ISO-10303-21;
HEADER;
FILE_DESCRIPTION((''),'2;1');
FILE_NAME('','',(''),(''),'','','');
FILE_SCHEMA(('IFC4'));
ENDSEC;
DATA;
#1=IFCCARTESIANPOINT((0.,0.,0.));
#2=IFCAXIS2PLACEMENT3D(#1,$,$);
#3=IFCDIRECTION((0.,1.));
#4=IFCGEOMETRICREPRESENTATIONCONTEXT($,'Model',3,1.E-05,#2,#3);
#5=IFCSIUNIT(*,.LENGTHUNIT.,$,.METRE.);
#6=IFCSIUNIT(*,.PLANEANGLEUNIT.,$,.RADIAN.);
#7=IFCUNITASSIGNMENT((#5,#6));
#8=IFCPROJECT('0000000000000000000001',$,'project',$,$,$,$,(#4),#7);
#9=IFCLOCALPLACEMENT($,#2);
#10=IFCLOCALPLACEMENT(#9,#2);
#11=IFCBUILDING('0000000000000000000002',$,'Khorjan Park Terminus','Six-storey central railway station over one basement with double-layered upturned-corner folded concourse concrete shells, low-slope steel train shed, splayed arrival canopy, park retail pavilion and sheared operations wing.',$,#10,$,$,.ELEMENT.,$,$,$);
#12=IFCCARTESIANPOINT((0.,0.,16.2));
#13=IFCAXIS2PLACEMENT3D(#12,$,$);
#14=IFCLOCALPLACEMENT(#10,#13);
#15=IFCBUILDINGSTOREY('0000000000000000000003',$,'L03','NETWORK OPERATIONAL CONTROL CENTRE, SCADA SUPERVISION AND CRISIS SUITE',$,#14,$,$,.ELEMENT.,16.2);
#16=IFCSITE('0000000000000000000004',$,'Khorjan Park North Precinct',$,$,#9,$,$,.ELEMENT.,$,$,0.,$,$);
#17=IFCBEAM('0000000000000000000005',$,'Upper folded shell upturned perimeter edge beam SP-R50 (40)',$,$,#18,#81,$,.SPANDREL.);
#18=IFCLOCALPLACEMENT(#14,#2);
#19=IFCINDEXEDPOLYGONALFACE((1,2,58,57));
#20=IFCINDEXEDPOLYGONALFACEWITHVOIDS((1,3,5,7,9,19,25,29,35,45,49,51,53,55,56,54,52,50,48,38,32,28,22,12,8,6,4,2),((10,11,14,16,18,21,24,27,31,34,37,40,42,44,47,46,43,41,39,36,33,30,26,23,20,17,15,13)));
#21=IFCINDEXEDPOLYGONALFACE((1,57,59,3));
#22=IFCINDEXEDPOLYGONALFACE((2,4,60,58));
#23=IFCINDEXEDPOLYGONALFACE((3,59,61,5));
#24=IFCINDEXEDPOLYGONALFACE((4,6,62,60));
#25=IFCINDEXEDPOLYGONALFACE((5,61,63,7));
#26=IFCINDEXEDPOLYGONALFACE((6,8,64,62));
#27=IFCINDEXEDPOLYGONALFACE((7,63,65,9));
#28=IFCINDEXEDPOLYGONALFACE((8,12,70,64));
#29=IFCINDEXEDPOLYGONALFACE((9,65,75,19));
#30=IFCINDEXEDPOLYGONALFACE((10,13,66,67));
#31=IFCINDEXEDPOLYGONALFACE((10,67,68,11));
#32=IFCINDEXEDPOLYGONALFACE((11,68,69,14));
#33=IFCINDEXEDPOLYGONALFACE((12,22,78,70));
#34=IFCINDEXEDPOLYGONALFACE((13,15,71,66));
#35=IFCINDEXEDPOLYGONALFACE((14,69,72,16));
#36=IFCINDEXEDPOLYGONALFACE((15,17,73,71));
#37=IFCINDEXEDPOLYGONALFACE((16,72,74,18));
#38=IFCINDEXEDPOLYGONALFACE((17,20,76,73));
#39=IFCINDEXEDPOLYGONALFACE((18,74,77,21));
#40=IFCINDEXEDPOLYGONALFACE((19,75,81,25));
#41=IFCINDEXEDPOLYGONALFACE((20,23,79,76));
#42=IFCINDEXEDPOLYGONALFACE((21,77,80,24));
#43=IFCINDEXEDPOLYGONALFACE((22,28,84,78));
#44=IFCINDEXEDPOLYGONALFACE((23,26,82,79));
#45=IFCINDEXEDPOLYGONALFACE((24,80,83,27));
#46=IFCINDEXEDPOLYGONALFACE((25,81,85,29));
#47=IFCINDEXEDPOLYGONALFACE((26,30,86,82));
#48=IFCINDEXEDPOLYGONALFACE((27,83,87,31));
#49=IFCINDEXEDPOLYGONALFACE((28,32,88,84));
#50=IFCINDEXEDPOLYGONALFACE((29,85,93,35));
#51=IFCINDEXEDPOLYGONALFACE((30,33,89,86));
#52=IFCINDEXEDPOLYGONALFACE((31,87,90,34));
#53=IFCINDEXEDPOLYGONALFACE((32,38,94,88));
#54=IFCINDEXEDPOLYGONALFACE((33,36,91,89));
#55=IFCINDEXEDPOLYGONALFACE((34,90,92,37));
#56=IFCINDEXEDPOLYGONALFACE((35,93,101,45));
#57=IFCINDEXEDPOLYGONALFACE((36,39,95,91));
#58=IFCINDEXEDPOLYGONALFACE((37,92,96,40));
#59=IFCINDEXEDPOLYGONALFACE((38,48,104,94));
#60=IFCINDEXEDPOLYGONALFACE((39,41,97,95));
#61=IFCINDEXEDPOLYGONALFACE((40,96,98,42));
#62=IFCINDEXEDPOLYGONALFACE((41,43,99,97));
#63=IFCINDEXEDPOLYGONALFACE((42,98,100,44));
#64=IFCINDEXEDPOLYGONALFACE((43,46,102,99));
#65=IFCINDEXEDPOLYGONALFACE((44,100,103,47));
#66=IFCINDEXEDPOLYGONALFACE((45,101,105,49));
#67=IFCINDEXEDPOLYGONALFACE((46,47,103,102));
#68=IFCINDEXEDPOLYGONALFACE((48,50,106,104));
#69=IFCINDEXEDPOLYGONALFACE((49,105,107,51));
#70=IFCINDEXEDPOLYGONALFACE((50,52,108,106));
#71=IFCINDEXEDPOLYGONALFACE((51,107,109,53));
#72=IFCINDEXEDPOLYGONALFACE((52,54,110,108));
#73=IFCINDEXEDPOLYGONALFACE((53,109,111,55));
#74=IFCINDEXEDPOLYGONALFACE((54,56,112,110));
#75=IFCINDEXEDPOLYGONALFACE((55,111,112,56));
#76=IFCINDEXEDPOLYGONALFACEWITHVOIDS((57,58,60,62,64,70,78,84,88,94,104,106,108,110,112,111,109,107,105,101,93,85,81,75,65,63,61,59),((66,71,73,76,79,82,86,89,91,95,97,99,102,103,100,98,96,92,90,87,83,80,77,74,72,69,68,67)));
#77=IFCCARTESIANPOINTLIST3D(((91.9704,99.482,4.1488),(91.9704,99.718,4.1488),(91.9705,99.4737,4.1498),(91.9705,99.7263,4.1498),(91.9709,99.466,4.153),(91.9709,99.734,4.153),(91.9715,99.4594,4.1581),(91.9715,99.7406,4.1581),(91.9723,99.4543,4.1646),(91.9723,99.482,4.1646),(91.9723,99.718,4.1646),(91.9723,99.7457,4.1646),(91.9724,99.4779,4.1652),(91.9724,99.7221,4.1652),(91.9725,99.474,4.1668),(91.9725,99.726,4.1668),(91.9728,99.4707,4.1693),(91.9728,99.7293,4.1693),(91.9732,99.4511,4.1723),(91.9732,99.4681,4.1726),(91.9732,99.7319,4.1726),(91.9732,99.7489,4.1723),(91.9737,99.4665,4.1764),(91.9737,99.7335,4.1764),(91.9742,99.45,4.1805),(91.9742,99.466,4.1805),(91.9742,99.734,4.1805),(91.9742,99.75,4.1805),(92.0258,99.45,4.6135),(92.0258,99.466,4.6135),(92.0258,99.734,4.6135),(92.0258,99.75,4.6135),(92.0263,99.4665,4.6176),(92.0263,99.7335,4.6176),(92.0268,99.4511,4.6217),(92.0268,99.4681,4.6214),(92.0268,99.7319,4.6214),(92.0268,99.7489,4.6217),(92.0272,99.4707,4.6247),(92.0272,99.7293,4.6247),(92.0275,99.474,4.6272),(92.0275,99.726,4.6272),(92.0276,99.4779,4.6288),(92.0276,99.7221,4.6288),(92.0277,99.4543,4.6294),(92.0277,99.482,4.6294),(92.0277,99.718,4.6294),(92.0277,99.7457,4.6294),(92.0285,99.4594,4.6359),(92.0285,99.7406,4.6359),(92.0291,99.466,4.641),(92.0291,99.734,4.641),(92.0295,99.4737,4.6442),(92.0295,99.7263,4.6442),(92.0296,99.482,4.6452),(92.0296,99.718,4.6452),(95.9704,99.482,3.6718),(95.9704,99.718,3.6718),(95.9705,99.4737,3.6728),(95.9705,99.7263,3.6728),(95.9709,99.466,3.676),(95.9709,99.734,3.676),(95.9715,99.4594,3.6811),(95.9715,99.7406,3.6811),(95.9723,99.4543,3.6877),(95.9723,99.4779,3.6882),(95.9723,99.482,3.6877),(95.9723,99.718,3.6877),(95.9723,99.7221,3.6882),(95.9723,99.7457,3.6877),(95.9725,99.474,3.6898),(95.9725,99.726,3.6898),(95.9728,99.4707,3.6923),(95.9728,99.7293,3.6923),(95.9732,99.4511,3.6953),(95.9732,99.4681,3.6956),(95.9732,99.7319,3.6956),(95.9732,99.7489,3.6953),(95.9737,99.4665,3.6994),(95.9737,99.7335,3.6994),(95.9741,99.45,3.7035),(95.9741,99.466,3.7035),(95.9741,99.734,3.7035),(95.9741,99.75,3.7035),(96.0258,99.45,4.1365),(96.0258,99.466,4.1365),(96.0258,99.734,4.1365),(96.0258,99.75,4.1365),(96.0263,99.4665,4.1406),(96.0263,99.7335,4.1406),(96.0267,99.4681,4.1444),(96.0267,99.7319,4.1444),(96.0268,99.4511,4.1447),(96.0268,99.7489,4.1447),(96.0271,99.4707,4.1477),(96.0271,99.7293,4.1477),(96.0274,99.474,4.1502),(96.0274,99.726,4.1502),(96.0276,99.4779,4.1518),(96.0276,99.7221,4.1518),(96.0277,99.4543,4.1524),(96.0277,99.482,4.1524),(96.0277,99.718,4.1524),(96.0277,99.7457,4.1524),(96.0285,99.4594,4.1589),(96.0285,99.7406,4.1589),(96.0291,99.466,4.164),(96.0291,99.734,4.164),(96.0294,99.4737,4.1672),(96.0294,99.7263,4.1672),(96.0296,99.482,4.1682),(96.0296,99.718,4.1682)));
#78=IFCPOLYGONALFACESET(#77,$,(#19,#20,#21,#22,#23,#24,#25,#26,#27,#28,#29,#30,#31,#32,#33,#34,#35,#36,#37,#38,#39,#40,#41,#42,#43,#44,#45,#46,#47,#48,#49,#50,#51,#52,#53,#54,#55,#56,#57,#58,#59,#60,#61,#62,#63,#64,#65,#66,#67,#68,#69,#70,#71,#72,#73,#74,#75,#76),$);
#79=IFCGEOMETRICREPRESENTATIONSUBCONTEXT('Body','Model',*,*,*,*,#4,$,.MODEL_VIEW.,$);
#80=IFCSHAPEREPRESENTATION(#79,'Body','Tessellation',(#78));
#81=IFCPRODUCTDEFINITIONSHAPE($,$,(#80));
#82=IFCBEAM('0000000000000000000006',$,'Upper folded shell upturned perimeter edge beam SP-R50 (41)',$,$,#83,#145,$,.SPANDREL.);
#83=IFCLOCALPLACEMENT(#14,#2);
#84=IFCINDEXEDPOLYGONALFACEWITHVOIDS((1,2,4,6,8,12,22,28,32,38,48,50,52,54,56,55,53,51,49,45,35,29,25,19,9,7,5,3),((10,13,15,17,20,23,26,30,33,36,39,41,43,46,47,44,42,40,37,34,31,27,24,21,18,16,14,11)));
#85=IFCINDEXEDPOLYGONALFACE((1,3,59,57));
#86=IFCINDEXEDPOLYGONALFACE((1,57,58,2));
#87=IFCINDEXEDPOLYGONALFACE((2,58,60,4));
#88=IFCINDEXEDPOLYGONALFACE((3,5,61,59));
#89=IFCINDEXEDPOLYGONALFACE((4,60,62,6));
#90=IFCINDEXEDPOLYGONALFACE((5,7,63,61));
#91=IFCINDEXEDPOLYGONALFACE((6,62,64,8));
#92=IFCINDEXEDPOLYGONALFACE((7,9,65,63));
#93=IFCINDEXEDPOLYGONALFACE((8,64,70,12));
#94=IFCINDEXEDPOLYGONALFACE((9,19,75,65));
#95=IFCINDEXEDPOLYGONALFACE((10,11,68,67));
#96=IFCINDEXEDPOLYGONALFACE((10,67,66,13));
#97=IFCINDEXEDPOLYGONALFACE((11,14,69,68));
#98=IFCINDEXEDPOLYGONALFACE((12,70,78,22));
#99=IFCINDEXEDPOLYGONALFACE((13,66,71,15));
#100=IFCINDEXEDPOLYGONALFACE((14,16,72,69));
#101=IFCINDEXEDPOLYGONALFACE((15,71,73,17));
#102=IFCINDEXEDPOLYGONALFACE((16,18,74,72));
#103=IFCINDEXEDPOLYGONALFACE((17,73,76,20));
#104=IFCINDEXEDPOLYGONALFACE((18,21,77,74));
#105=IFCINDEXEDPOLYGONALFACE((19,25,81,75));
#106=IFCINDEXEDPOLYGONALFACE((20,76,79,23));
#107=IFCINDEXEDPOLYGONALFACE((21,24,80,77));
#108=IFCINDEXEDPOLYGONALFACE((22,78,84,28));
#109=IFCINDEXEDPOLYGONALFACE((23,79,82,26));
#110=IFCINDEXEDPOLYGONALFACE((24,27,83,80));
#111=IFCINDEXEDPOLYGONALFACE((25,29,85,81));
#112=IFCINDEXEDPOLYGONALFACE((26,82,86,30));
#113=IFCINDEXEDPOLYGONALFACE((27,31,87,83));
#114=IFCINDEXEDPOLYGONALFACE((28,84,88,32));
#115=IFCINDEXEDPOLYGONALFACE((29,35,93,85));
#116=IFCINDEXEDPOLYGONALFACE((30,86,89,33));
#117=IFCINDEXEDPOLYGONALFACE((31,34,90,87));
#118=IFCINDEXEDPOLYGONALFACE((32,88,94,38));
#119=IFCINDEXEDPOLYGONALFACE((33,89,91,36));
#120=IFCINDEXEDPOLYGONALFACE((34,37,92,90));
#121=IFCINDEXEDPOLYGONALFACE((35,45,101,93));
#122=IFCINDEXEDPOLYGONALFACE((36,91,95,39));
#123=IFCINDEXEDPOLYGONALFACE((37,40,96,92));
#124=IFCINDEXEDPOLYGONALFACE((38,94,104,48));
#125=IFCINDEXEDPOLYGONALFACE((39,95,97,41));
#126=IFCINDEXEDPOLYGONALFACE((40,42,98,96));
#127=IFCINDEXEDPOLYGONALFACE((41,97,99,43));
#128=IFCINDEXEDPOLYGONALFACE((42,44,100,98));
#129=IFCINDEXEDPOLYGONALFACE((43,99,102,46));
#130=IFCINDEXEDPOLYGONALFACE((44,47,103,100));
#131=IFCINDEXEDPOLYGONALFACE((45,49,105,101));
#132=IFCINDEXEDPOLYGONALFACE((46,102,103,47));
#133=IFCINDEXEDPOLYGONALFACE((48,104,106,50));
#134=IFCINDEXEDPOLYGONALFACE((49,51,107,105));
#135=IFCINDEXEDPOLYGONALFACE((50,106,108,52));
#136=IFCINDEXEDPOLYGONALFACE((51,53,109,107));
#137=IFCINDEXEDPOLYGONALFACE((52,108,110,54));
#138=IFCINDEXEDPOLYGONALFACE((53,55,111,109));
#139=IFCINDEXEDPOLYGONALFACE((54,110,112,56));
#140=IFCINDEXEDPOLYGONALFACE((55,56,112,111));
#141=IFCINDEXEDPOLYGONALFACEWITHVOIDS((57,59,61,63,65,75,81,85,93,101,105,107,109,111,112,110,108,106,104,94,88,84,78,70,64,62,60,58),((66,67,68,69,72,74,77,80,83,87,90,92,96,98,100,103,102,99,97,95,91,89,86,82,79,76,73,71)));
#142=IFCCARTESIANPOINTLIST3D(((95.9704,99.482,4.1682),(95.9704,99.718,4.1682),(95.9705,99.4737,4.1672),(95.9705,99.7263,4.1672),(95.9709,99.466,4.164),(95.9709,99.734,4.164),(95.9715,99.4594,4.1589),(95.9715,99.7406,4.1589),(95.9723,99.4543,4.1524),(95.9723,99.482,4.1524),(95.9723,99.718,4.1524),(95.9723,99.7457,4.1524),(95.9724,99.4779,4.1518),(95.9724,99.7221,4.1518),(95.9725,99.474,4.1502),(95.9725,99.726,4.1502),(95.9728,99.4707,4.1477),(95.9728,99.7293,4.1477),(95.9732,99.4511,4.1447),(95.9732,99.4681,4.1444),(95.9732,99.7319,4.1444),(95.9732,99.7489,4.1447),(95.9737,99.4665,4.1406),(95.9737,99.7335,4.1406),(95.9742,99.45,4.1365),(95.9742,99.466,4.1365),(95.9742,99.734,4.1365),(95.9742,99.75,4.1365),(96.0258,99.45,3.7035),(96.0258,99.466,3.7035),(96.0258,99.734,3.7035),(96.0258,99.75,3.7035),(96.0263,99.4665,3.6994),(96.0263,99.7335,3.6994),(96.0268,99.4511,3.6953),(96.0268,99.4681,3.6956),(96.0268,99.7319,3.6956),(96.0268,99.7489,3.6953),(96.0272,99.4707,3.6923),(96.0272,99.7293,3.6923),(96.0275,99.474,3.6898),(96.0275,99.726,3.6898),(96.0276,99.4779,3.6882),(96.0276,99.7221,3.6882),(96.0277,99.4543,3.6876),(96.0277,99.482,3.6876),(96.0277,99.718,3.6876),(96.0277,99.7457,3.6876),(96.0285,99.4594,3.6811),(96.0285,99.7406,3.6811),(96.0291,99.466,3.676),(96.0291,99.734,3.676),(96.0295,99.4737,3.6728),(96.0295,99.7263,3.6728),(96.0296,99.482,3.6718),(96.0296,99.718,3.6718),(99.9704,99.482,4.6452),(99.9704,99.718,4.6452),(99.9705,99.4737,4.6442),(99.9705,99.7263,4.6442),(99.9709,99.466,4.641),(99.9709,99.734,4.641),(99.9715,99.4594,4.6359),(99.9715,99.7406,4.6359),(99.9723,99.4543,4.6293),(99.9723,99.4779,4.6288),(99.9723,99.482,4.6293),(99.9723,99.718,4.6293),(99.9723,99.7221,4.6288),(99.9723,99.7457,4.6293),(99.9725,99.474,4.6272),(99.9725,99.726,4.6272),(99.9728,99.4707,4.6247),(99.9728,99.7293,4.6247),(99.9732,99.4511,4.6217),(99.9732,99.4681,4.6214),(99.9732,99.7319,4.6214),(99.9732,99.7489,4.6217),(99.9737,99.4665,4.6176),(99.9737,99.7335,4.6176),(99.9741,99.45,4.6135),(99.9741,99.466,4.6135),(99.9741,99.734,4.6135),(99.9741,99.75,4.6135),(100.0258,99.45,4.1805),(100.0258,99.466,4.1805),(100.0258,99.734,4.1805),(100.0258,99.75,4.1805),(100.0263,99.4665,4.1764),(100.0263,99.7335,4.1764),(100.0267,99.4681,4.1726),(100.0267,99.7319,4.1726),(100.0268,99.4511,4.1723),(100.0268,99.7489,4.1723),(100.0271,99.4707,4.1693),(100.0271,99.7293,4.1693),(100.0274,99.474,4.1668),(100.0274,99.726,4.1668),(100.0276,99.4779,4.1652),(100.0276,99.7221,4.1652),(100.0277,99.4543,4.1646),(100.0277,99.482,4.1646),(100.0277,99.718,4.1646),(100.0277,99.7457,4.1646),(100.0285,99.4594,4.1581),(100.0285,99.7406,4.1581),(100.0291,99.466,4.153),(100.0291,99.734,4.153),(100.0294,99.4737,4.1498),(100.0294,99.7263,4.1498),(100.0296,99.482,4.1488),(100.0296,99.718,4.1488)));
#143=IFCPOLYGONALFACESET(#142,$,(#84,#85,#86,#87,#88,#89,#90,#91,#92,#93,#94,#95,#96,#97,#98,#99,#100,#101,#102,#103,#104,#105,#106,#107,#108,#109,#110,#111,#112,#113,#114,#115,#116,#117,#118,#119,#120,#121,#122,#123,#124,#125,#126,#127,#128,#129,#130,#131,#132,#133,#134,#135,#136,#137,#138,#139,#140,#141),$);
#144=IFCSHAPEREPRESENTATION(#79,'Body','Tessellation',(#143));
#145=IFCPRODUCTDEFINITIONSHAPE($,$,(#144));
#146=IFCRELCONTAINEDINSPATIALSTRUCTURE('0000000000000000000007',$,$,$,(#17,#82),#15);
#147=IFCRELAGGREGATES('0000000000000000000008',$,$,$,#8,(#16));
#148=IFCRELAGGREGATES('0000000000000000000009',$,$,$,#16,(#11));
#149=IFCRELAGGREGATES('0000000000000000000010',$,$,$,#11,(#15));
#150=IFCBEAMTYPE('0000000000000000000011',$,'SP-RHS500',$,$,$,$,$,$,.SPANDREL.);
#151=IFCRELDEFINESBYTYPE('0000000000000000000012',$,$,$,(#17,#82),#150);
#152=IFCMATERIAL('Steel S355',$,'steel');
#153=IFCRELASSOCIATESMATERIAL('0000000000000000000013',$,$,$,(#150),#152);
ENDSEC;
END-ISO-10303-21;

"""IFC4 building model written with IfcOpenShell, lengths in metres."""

from ifc_helpers import new_model, si_unit, direction, frame, origin, origin_2d, place, context, subcontext, project, spatial, hollow_rectangle, extrude, material, material_profile, profile_set, type_object, element, save


model = new_model("IFC4")

# Units and contexts
model_context = context("Model", 3, precision=1e-05, world=origin(), true_north=direction((0.0, 1.0)))
body_context = subcontext(model_context, "Body", "Model", "MODEL_VIEW")
ifc_project = project(units=[si_unit("LENGTHUNIT", "METRE"), si_unit("PLANEANGLEUNIT", "RADIAN")], contexts=[model_context])

# Site, building, storey
site_placement = place(None, origin())
site = spatial("IfcSite", under=ifc_project, at=site_placement, Name="Khorjan Park North Precinct", CompositionType="ELEMENT", RefElevation=0.0)
building_placement = place(site_placement, origin())
building = spatial("IfcBuilding", under=site, at=building_placement, Name="Khorjan Park Terminus", Description="Six-storey central railway station over one basement with double-layered upturned-corner folded concourse concrete shells, low-slope steel train shed, splayed arrival canopy, park retail pavilion and sheared operations wing.", CompositionType="ELEMENT")
storey_placement = place(building_placement, frame((0.0, 0.0, 16.2)))
storey = spatial("IfcBuildingStorey", under=building, at=storey_placement, Name="L03", Description="NETWORK OPERATIONAL CONTROL CENTRE, SCADA SUPERVISION AND CRISIS SUITE", CompositionType="ELEMENT", Elevation=16.2)

# Shared definitions
ifc_material_1 = material(Name="Steel S355", Category="steel")

# Beams
ifc_material_profile_1 = material_profile(ifc_material_1, hollow_rectangle(XDim=0.3, YDim=0.5, WallThickness=0.016, InnerFilletRadius=0.016, OuterFilletRadius=0.032, at=origin_2d()), Name="RHS 500x300x16")
ifc_profile_set_1 = profile_set([ifc_material_profile_1], Name="Steel S355")
beam_type_1 = type_object("IfcBeamType", Name="SP-RHS500", PredefinedType="SPANDREL", material=ifc_profile_set_1)
for number, where, z_axis, x_axis, name in (
    (1, (92.0, 99.6, 4.397), (0.992965, 0.0, -0.118411), (0.0, 1.0, 0.0), "Upper folded shell upturned perimeter edge beam SP-R50 (40)"),
    (2, (96.0, 99.6, 3.92), (0.992965, 0.0, 0.118411), (0.0, 1.0, 0.0), "Upper folded shell upturned perimeter edge beam SP-R50 (41)"),
):
    element("IfcBeam", number, at=place(storey_placement, frame(where, z_axis=z_axis, x_axis=x_axis)), inside=storey, type_object=beam_type_1, Name=name, PredefinedType="SPANDREL", context=body_context, shape_type="SweptSolid", body=[
        extrude(hollow_rectangle(XDim=0.3, YDim=0.5, WallThickness=0.016, InnerFilletRadius=0.016, OuterFilletRadius=0.032, at=origin_2d()), origin(), (0.0, 0.0, 1.0), 4.0283),
    ])

save(model, "model.ifc")
